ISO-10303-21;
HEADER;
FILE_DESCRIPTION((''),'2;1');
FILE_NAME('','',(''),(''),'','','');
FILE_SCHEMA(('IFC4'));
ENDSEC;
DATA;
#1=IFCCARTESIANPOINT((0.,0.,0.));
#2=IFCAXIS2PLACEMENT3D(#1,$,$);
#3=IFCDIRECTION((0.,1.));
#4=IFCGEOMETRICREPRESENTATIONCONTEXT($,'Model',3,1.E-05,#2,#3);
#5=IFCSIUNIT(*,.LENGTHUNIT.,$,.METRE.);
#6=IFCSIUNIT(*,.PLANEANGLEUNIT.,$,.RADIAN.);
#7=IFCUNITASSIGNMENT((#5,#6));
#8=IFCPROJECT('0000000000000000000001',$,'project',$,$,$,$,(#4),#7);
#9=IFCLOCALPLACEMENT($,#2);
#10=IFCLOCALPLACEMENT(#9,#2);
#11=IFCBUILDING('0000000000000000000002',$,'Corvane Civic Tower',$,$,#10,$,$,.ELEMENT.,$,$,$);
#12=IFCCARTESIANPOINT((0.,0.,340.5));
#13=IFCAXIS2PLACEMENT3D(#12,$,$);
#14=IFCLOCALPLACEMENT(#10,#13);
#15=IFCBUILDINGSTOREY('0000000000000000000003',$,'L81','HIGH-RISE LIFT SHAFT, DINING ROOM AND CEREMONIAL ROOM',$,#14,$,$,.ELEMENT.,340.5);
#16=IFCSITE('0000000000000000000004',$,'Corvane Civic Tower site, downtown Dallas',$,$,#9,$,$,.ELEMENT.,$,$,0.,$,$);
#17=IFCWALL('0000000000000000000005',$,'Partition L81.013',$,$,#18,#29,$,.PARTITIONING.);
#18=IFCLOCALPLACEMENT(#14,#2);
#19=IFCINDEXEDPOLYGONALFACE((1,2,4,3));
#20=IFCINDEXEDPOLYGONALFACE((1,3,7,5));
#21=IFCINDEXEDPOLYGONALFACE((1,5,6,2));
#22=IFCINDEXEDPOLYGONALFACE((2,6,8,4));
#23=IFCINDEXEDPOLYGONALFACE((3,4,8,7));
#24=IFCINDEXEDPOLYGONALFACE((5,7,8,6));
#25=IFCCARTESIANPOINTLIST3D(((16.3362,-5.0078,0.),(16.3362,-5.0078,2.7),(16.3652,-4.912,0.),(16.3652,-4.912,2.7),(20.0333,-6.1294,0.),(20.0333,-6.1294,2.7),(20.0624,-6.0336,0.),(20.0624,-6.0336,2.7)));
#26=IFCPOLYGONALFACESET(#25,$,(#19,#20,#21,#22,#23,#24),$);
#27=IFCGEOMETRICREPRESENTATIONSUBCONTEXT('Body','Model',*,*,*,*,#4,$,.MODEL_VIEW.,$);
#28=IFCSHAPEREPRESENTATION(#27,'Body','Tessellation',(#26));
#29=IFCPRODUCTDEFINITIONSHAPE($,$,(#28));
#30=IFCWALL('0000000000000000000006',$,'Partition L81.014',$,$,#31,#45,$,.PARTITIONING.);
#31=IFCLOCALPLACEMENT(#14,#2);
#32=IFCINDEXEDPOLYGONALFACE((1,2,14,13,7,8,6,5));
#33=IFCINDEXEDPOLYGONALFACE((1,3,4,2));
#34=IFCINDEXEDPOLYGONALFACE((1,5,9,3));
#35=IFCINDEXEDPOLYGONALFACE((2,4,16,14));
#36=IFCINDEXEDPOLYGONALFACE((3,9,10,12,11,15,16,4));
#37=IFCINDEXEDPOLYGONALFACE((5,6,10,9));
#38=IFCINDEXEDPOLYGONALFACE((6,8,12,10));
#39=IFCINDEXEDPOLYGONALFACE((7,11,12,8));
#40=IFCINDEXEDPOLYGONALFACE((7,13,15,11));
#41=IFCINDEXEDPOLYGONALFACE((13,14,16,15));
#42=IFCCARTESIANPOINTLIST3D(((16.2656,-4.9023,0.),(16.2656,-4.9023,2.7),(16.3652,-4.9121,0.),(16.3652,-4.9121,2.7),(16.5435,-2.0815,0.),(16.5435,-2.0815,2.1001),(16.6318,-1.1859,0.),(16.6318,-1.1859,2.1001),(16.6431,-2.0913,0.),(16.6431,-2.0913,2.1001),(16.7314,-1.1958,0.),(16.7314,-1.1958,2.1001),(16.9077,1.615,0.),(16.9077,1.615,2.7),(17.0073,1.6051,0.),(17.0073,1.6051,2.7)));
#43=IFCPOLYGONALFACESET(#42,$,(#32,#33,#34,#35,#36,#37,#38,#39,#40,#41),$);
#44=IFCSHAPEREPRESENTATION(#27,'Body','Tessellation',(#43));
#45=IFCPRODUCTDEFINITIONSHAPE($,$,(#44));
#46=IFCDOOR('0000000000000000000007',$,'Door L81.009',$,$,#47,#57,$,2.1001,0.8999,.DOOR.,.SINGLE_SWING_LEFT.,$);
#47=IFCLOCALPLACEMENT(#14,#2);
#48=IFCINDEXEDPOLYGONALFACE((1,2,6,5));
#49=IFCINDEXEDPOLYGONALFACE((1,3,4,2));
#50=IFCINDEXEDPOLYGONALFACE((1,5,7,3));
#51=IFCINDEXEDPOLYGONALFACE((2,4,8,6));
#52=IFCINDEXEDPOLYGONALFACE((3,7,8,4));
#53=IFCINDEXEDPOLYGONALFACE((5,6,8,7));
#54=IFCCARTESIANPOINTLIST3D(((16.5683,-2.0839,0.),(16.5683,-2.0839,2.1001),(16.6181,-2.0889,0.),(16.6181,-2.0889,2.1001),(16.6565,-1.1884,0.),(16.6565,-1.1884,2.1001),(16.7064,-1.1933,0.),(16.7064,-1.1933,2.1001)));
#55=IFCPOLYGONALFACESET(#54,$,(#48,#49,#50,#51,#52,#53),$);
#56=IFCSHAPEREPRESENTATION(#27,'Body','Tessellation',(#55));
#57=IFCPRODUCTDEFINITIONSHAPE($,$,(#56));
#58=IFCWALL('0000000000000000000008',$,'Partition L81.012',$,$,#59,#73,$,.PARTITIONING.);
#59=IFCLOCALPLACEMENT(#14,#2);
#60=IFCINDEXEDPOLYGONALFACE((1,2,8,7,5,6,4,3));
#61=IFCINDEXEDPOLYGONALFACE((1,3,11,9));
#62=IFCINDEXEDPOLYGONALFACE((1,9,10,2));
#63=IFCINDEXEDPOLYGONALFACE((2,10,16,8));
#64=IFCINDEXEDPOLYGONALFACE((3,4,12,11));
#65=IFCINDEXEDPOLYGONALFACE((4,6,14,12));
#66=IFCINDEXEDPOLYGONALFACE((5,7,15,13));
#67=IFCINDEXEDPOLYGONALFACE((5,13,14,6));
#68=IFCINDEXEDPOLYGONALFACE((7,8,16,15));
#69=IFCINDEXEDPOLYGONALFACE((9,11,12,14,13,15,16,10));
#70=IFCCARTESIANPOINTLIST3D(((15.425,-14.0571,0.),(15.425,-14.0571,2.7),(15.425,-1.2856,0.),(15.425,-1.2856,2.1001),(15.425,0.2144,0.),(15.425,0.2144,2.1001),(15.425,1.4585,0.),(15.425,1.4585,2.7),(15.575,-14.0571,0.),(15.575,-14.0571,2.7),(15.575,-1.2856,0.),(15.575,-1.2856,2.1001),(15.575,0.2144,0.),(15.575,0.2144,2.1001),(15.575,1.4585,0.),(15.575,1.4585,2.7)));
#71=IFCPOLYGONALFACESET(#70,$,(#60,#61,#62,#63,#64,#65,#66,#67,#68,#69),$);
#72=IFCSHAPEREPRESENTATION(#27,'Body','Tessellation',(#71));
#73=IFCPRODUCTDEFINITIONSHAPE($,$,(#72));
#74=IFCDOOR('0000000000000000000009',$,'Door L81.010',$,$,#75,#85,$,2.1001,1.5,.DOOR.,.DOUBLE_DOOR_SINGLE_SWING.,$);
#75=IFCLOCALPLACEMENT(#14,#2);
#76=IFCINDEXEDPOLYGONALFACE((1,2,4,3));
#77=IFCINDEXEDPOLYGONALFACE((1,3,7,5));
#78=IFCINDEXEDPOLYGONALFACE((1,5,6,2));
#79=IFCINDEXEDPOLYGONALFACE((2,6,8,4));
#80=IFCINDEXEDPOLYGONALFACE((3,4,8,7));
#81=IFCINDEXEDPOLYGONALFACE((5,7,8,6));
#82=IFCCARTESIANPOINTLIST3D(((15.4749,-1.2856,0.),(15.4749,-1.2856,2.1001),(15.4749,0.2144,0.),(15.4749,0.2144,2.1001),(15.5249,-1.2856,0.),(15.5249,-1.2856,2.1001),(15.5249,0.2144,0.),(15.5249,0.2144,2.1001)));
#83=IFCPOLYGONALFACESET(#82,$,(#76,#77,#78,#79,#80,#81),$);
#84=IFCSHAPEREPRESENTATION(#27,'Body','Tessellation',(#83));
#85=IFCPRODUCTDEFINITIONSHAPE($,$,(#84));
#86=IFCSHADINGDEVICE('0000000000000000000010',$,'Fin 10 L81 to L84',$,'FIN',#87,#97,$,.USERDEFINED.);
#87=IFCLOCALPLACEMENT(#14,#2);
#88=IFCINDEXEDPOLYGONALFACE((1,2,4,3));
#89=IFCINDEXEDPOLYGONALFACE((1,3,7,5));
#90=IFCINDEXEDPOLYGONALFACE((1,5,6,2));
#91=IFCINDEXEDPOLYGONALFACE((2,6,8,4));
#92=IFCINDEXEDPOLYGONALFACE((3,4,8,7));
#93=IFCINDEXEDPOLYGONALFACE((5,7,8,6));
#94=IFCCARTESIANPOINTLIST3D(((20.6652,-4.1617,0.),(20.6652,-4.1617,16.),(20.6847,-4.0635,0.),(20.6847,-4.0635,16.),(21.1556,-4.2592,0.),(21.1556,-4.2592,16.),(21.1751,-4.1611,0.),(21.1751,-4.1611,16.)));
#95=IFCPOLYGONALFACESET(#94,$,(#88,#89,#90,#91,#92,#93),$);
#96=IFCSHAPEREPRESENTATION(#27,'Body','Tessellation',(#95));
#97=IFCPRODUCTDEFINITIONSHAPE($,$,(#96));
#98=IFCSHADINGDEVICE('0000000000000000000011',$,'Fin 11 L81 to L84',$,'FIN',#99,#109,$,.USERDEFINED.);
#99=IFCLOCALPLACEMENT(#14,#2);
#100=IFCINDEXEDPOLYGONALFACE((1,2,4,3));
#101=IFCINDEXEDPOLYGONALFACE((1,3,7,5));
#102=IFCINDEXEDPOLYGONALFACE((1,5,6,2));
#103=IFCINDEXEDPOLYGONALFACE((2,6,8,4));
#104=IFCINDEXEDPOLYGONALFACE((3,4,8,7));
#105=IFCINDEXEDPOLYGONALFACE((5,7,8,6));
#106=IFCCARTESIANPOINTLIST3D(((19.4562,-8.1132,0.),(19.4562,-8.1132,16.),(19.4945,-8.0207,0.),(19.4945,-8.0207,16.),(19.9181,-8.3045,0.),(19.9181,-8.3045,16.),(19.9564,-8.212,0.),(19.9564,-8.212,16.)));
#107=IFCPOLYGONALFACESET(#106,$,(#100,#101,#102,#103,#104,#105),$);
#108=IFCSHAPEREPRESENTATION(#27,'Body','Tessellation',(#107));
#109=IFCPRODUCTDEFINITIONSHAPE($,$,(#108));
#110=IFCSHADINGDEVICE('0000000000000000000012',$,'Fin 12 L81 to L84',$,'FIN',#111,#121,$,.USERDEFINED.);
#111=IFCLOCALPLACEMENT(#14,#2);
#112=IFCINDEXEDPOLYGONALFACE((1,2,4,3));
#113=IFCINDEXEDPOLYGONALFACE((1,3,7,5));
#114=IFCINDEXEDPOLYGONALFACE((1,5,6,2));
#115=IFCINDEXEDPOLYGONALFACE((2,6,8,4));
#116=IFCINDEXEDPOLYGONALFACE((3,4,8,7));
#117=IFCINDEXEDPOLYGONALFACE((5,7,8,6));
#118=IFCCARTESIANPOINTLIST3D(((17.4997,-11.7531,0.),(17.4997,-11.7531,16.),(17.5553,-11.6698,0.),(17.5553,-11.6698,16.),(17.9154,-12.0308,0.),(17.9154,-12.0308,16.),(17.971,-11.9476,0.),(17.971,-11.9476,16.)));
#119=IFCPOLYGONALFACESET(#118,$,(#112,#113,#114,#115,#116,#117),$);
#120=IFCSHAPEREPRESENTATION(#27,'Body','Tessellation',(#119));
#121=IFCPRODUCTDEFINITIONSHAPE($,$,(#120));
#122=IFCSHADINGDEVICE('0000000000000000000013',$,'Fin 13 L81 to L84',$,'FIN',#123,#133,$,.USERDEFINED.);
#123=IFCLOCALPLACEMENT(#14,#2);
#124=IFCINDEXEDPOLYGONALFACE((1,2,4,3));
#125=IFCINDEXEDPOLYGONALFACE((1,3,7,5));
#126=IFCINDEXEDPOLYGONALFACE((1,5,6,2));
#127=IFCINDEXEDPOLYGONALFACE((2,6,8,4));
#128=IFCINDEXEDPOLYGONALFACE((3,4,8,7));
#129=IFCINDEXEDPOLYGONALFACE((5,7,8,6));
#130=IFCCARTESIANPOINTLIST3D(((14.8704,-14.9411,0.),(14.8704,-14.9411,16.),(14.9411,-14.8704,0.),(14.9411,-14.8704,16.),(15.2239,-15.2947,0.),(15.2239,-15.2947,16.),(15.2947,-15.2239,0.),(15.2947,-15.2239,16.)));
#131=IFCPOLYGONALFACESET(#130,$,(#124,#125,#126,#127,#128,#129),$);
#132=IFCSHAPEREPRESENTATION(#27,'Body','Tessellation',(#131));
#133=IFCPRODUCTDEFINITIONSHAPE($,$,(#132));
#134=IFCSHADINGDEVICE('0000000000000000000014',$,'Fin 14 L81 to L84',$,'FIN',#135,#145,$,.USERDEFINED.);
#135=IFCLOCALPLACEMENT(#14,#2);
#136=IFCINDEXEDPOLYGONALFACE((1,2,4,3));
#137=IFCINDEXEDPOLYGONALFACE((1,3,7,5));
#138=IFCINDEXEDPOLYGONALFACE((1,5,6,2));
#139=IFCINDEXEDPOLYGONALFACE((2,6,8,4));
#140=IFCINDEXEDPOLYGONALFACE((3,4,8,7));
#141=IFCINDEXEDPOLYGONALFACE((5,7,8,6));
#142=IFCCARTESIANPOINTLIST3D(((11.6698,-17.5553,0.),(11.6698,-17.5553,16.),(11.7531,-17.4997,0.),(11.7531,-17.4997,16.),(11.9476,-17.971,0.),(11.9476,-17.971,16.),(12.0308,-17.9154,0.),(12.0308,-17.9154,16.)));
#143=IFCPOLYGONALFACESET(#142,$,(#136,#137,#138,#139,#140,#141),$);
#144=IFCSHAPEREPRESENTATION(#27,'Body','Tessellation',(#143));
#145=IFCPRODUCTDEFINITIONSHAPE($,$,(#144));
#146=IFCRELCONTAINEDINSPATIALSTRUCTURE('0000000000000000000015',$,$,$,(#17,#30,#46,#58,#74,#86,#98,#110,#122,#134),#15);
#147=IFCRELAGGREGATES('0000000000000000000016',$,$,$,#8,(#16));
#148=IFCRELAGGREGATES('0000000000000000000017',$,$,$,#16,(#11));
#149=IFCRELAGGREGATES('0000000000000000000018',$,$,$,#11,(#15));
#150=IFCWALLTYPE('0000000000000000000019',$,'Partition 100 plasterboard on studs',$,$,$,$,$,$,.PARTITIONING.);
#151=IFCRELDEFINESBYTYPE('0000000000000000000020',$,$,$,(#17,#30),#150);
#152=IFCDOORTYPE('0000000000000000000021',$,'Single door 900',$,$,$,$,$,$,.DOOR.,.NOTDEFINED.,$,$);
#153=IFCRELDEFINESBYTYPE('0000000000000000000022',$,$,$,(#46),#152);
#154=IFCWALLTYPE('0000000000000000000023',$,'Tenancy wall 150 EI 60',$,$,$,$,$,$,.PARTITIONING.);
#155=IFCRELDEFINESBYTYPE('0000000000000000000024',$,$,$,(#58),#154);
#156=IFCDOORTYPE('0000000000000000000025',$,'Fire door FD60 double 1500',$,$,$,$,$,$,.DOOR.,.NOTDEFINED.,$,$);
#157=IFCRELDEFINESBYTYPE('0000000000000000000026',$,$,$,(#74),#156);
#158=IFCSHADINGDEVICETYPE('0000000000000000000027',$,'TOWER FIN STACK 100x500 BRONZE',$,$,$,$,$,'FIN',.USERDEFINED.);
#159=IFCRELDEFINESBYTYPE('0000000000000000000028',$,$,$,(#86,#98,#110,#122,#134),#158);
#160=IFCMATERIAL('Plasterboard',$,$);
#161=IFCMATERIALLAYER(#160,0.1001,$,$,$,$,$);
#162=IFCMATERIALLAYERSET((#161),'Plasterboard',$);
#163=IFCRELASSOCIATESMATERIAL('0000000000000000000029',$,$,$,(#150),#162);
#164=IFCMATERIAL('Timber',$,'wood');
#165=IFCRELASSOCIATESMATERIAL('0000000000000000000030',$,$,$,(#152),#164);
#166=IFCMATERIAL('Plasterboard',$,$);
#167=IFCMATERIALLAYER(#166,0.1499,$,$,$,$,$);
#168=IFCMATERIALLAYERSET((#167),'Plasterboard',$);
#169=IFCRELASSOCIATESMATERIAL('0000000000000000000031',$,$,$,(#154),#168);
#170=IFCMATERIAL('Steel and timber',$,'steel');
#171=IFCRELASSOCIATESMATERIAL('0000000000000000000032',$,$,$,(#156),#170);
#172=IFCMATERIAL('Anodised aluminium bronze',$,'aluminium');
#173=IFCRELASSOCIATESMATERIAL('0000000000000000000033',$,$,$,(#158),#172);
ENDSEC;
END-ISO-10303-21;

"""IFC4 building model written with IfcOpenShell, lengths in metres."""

from ifc_helpers import new_model, si_unit, direction, frame, frame_2d, origin, origin_2d, place, context, subcontext, project, spatial, rectangle, extrude, material, layer, layer_set, material_profile, profile_set, type_object, element, fill, save


model = new_model("IFC4")

# Units and contexts
model_context = context("Model", 3, precision=1e-05, world=origin(), true_north=direction((0.0, 1.0)))
body_context = subcontext(model_context, "Body", "Model", "MODEL_VIEW")
ifc_project = project(units=[si_unit("LENGTHUNIT", "METRE"), si_unit("PLANEANGLEUNIT", "RADIAN")], contexts=[model_context])

# Site, building, storey
site_placement = place(None, origin())
site = spatial("IfcSite", under=ifc_project, at=site_placement, Name="Corvane Civic Tower site, downtown Dallas", CompositionType="ELEMENT", RefElevation=0.0)
building_placement = place(site_placement, origin())
building = spatial("IfcBuilding", under=site, at=building_placement, Name="Corvane Civic Tower", CompositionType="ELEMENT")
storey_placement = place(building_placement, frame((0.0, 0.0, 340.5)))
storey = spatial("IfcBuildingStorey", under=building, at=storey_placement, Name="L81", Description="HIGH-RISE LIFT SHAFT, DINING ROOM AND CEREMONIAL ROOM", CompositionType="ELEMENT", Elevation=340.5)

# Wall
ifc_material_1 = material(Name="Plasterboard")
ifc_layer_1 = layer(ifc_material_1, 0.1001)
ifc_layer_set_1 = layer_set([ifc_layer_1], Name="Plasterboard")
wall_type_1 = type_object("IfcWallType", Name="Partition 100 plasterboard on studs", PredefinedType="PARTITIONING", material=ifc_layer_set_1)
wall_1_placement = place(storey_placement, frame((16.3508, -4.96, 0.0), z_axis=(0.0, 0.0, 1.0), x_axis=(0.956938, -0.290291, 0.0)))
element("IfcWall", 1, at=wall_1_placement, inside=storey, type_object=wall_type_1, Name="Partition L81.013", PredefinedType="PARTITIONING", context=body_context, shape_type="SweptSolid", body=[
    extrude(rectangle(XDim=3.8635, YDim=0.1001, at=frame_2d((1.9316, 0.0))), origin(), (0.0, 0.0, 1.0), 2.7),
])

# Walls, openings, doors
wall_2_placement = place(storey_placement, frame((16.3154, -4.9072, 0.0), z_axis=(0.0, 0.0, 1.0), x_axis=(0.098046, 0.995182, 0.0)))
wall_2 = element("IfcWall", 2, at=wall_2_placement, inside=storey, type_object=wall_type_1, Name="Partition L81.014", PredefinedType="PARTITIONING", context=body_context, shape_type="SweptSolid", body=[
    extrude(rectangle(XDim=6.5488, YDim=0.1001, at=frame_2d((3.2744, 0.0))), origin(), (0.0, 0.0, 1.0), 2.7),
])
opening_1_placement = place(wall_2_placement, frame((2.8345, 0.0, 0.0)))
opening_1 = element("IfcOpeningElement", 3, at=opening_1_placement, cuts=wall_2, PredefinedType="OPENING", context=body_context, shape_type="SweptSolid", body=[
    extrude(rectangle(XDim=0.8999, YDim=2.1001, at=frame_2d((0.45, 1.05))), frame((0.0, 0.0601, 0.0), z_axis=(0.0, -1.0, 0.0), x_axis=(1.0, 0.0, 0.0)), (0.0, 0.0, 1.0), 0.1201),
])
ifc_material_2 = material(Name="Timber", Category="wood")
door_type_1 = type_object("IfcDoorType", Name="Single door 900", OperationType="NOTDEFINED", PredefinedType="DOOR", material=ifc_material_2)
door_1_placement = place(opening_1_placement, frame((0.8999, 0.0, 0.0), z_axis=(0.0, 0.0, 1.0), x_axis=(-1.0, 0.0, 0.0)))
door_1 = element("IfcDoor", 4, at=door_1_placement, inside=storey, type_object=door_type_1, Name="Door L81.009", OperationType="SINGLE_SWING_LEFT", OverallHeight=2.1001, OverallWidth=0.8999, PredefinedType="DOOR", context=body_context, shape_type="SweptSolid", body=[
    extrude(rectangle(XDim=0.8999, YDim=2.1001, at=frame_2d((0.45, 1.05))), frame((0.0, 0.0249, 0.0), z_axis=(0.0, -1.0, 0.0), x_axis=(1.0, 0.0, 0.0)), (0.0, 0.0, 1.0), 0.05),
])
fill(opening_1, door_1)
ifc_material_3 = material(Name="Plasterboard")
ifc_layer_2 = layer(ifc_material_3, 0.1499)
ifc_layer_set_2 = layer_set([ifc_layer_2], Name="Plasterboard")
wall_type_2 = type_object("IfcWallType", Name="Tenancy wall 150 EI 60", PredefinedType="PARTITIONING", material=ifc_layer_set_2)
wall_3_placement = place(storey_placement, frame((15.5, -14.0571, 0.0), z_axis=(0.0, 0.0, 1.0), x_axis=(0.0, 1.0, 0.0)))
wall_3 = element("IfcWall", 5, at=wall_3_placement, inside=storey, type_object=wall_type_2, Name="Partition L81.012", PredefinedType="PARTITIONING", context=body_context, shape_type="SweptSolid", body=[
    extrude(rectangle(XDim=15.5156, YDim=0.1499, at=frame_2d((7.7578, 0.0))), origin(), (0.0, 0.0, 1.0), 2.7),
])
opening_2_placement = place(wall_3_placement, frame((12.7715, 0.0, 0.0)))
opening_2 = element("IfcOpeningElement", 6, at=opening_2_placement, cuts=wall_3, PredefinedType="OPENING", context=body_context, shape_type="SweptSolid", body=[
    extrude(rectangle(XDim=1.5, YDim=2.1001, at=frame_2d((0.75, 1.05))), frame((0.0, 0.085, 0.0), z_axis=(0.0, -1.0, 0.0), x_axis=(1.0, 0.0, 0.0)), (0.0, 0.0, 1.0), 0.1699),
])
ifc_material_4 = material(Name="Steel and timber", Category="steel")
door_type_2 = type_object("IfcDoorType", Name="Fire door FD60 double 1500", OperationType="NOTDEFINED", PredefinedType="DOOR", material=ifc_material_4)
door_2_placement = place(opening_2_placement, frame((1.5, 0.0, 0.0), z_axis=(0.0, 0.0, 1.0), x_axis=(-1.0, 0.0, 0.0)))
door_2 = element("IfcDoor", 7, at=door_2_placement, inside=storey, type_object=door_type_2, Name="Door L81.010", OperationType="DOUBLE_DOOR_SINGLE_SWING", OverallHeight=2.1001, OverallWidth=1.5, PredefinedType="DOOR", context=body_context, shape_type="SweptSolid", body=[
    extrude(rectangle(XDim=1.5, YDim=2.1001, at=frame_2d((0.75, 1.05))), frame((0.0, 0.0249, 0.0), z_axis=(0.0, -1.0, 0.0), x_axis=(1.0, 0.0, 0.0)), (0.0, 0.0, 1.0), 0.05),
])
fill(opening_2, door_2)

# Shading devices
ifc_material_5 = material(Name="Anodised aluminium bronze", Category="aluminium")
ifc_material_profile_1 = material_profile(ifc_material_5, rectangle(XDim=0.1001, YDim=0.5, at=origin_2d()), Name="TOWER FIN STACK 100x500 BRONZE")
ifc_profile_set_1 = profile_set([ifc_material_profile_1], Name="Anodised aluminium bronze")
shading_device_type = type_object("IfcShadingDeviceType", Name="TOWER FIN STACK 100x500 BRONZE", ElementType="FIN", PredefinedType="USERDEFINED", material=ifc_profile_set_1)
for number, where, z_axis, x_axis, name in (
    (8, (20.9202, -4.1614, 0.0), (0.0, 0.0, 1.0), (-0.19509, -0.980785, 0.0), "Fin 10 L81 to L84"),
    (9, (19.7063, -8.1626, 0.0), (0.0, 0.0, 1.0), (-0.382683, -0.92388, 0.0), "Fin 11 L81 to L84"),
    (10, (17.7354, -11.8503, 0.0), (0.0, 0.0, 1.0), (-0.55557, -0.83147, 0.0), "Fin 12 L81 to L84"),
    (11, (15.0825, -15.0825, 0.0), (0.0, 0.0, 1.0), (-0.707107, -0.707107, 0.0), "Fin 13 L81 to L84"),
    (12, (11.8503, -17.7354, 0.0), (0.0, 0.0, 1.0), (-0.83147, -0.55557, 0.0), "Fin 14 L81 to L84"),
):
    element("IfcShadingDevice", number, at=place(storey_placement, frame(where, z_axis=z_axis, x_axis=x_axis)), inside=storey, type_object=shading_device_type, Name=name, ObjectType="FIN", PredefinedType="USERDEFINED", context=body_context, shape_type="SweptSolid", body=[
        extrude(rectangle(XDim=0.1001, YDim=0.5, at=origin_2d()), origin(), (0.0, 0.0, 1.0), 16.0),
    ])

save(model, "model.ifc")
